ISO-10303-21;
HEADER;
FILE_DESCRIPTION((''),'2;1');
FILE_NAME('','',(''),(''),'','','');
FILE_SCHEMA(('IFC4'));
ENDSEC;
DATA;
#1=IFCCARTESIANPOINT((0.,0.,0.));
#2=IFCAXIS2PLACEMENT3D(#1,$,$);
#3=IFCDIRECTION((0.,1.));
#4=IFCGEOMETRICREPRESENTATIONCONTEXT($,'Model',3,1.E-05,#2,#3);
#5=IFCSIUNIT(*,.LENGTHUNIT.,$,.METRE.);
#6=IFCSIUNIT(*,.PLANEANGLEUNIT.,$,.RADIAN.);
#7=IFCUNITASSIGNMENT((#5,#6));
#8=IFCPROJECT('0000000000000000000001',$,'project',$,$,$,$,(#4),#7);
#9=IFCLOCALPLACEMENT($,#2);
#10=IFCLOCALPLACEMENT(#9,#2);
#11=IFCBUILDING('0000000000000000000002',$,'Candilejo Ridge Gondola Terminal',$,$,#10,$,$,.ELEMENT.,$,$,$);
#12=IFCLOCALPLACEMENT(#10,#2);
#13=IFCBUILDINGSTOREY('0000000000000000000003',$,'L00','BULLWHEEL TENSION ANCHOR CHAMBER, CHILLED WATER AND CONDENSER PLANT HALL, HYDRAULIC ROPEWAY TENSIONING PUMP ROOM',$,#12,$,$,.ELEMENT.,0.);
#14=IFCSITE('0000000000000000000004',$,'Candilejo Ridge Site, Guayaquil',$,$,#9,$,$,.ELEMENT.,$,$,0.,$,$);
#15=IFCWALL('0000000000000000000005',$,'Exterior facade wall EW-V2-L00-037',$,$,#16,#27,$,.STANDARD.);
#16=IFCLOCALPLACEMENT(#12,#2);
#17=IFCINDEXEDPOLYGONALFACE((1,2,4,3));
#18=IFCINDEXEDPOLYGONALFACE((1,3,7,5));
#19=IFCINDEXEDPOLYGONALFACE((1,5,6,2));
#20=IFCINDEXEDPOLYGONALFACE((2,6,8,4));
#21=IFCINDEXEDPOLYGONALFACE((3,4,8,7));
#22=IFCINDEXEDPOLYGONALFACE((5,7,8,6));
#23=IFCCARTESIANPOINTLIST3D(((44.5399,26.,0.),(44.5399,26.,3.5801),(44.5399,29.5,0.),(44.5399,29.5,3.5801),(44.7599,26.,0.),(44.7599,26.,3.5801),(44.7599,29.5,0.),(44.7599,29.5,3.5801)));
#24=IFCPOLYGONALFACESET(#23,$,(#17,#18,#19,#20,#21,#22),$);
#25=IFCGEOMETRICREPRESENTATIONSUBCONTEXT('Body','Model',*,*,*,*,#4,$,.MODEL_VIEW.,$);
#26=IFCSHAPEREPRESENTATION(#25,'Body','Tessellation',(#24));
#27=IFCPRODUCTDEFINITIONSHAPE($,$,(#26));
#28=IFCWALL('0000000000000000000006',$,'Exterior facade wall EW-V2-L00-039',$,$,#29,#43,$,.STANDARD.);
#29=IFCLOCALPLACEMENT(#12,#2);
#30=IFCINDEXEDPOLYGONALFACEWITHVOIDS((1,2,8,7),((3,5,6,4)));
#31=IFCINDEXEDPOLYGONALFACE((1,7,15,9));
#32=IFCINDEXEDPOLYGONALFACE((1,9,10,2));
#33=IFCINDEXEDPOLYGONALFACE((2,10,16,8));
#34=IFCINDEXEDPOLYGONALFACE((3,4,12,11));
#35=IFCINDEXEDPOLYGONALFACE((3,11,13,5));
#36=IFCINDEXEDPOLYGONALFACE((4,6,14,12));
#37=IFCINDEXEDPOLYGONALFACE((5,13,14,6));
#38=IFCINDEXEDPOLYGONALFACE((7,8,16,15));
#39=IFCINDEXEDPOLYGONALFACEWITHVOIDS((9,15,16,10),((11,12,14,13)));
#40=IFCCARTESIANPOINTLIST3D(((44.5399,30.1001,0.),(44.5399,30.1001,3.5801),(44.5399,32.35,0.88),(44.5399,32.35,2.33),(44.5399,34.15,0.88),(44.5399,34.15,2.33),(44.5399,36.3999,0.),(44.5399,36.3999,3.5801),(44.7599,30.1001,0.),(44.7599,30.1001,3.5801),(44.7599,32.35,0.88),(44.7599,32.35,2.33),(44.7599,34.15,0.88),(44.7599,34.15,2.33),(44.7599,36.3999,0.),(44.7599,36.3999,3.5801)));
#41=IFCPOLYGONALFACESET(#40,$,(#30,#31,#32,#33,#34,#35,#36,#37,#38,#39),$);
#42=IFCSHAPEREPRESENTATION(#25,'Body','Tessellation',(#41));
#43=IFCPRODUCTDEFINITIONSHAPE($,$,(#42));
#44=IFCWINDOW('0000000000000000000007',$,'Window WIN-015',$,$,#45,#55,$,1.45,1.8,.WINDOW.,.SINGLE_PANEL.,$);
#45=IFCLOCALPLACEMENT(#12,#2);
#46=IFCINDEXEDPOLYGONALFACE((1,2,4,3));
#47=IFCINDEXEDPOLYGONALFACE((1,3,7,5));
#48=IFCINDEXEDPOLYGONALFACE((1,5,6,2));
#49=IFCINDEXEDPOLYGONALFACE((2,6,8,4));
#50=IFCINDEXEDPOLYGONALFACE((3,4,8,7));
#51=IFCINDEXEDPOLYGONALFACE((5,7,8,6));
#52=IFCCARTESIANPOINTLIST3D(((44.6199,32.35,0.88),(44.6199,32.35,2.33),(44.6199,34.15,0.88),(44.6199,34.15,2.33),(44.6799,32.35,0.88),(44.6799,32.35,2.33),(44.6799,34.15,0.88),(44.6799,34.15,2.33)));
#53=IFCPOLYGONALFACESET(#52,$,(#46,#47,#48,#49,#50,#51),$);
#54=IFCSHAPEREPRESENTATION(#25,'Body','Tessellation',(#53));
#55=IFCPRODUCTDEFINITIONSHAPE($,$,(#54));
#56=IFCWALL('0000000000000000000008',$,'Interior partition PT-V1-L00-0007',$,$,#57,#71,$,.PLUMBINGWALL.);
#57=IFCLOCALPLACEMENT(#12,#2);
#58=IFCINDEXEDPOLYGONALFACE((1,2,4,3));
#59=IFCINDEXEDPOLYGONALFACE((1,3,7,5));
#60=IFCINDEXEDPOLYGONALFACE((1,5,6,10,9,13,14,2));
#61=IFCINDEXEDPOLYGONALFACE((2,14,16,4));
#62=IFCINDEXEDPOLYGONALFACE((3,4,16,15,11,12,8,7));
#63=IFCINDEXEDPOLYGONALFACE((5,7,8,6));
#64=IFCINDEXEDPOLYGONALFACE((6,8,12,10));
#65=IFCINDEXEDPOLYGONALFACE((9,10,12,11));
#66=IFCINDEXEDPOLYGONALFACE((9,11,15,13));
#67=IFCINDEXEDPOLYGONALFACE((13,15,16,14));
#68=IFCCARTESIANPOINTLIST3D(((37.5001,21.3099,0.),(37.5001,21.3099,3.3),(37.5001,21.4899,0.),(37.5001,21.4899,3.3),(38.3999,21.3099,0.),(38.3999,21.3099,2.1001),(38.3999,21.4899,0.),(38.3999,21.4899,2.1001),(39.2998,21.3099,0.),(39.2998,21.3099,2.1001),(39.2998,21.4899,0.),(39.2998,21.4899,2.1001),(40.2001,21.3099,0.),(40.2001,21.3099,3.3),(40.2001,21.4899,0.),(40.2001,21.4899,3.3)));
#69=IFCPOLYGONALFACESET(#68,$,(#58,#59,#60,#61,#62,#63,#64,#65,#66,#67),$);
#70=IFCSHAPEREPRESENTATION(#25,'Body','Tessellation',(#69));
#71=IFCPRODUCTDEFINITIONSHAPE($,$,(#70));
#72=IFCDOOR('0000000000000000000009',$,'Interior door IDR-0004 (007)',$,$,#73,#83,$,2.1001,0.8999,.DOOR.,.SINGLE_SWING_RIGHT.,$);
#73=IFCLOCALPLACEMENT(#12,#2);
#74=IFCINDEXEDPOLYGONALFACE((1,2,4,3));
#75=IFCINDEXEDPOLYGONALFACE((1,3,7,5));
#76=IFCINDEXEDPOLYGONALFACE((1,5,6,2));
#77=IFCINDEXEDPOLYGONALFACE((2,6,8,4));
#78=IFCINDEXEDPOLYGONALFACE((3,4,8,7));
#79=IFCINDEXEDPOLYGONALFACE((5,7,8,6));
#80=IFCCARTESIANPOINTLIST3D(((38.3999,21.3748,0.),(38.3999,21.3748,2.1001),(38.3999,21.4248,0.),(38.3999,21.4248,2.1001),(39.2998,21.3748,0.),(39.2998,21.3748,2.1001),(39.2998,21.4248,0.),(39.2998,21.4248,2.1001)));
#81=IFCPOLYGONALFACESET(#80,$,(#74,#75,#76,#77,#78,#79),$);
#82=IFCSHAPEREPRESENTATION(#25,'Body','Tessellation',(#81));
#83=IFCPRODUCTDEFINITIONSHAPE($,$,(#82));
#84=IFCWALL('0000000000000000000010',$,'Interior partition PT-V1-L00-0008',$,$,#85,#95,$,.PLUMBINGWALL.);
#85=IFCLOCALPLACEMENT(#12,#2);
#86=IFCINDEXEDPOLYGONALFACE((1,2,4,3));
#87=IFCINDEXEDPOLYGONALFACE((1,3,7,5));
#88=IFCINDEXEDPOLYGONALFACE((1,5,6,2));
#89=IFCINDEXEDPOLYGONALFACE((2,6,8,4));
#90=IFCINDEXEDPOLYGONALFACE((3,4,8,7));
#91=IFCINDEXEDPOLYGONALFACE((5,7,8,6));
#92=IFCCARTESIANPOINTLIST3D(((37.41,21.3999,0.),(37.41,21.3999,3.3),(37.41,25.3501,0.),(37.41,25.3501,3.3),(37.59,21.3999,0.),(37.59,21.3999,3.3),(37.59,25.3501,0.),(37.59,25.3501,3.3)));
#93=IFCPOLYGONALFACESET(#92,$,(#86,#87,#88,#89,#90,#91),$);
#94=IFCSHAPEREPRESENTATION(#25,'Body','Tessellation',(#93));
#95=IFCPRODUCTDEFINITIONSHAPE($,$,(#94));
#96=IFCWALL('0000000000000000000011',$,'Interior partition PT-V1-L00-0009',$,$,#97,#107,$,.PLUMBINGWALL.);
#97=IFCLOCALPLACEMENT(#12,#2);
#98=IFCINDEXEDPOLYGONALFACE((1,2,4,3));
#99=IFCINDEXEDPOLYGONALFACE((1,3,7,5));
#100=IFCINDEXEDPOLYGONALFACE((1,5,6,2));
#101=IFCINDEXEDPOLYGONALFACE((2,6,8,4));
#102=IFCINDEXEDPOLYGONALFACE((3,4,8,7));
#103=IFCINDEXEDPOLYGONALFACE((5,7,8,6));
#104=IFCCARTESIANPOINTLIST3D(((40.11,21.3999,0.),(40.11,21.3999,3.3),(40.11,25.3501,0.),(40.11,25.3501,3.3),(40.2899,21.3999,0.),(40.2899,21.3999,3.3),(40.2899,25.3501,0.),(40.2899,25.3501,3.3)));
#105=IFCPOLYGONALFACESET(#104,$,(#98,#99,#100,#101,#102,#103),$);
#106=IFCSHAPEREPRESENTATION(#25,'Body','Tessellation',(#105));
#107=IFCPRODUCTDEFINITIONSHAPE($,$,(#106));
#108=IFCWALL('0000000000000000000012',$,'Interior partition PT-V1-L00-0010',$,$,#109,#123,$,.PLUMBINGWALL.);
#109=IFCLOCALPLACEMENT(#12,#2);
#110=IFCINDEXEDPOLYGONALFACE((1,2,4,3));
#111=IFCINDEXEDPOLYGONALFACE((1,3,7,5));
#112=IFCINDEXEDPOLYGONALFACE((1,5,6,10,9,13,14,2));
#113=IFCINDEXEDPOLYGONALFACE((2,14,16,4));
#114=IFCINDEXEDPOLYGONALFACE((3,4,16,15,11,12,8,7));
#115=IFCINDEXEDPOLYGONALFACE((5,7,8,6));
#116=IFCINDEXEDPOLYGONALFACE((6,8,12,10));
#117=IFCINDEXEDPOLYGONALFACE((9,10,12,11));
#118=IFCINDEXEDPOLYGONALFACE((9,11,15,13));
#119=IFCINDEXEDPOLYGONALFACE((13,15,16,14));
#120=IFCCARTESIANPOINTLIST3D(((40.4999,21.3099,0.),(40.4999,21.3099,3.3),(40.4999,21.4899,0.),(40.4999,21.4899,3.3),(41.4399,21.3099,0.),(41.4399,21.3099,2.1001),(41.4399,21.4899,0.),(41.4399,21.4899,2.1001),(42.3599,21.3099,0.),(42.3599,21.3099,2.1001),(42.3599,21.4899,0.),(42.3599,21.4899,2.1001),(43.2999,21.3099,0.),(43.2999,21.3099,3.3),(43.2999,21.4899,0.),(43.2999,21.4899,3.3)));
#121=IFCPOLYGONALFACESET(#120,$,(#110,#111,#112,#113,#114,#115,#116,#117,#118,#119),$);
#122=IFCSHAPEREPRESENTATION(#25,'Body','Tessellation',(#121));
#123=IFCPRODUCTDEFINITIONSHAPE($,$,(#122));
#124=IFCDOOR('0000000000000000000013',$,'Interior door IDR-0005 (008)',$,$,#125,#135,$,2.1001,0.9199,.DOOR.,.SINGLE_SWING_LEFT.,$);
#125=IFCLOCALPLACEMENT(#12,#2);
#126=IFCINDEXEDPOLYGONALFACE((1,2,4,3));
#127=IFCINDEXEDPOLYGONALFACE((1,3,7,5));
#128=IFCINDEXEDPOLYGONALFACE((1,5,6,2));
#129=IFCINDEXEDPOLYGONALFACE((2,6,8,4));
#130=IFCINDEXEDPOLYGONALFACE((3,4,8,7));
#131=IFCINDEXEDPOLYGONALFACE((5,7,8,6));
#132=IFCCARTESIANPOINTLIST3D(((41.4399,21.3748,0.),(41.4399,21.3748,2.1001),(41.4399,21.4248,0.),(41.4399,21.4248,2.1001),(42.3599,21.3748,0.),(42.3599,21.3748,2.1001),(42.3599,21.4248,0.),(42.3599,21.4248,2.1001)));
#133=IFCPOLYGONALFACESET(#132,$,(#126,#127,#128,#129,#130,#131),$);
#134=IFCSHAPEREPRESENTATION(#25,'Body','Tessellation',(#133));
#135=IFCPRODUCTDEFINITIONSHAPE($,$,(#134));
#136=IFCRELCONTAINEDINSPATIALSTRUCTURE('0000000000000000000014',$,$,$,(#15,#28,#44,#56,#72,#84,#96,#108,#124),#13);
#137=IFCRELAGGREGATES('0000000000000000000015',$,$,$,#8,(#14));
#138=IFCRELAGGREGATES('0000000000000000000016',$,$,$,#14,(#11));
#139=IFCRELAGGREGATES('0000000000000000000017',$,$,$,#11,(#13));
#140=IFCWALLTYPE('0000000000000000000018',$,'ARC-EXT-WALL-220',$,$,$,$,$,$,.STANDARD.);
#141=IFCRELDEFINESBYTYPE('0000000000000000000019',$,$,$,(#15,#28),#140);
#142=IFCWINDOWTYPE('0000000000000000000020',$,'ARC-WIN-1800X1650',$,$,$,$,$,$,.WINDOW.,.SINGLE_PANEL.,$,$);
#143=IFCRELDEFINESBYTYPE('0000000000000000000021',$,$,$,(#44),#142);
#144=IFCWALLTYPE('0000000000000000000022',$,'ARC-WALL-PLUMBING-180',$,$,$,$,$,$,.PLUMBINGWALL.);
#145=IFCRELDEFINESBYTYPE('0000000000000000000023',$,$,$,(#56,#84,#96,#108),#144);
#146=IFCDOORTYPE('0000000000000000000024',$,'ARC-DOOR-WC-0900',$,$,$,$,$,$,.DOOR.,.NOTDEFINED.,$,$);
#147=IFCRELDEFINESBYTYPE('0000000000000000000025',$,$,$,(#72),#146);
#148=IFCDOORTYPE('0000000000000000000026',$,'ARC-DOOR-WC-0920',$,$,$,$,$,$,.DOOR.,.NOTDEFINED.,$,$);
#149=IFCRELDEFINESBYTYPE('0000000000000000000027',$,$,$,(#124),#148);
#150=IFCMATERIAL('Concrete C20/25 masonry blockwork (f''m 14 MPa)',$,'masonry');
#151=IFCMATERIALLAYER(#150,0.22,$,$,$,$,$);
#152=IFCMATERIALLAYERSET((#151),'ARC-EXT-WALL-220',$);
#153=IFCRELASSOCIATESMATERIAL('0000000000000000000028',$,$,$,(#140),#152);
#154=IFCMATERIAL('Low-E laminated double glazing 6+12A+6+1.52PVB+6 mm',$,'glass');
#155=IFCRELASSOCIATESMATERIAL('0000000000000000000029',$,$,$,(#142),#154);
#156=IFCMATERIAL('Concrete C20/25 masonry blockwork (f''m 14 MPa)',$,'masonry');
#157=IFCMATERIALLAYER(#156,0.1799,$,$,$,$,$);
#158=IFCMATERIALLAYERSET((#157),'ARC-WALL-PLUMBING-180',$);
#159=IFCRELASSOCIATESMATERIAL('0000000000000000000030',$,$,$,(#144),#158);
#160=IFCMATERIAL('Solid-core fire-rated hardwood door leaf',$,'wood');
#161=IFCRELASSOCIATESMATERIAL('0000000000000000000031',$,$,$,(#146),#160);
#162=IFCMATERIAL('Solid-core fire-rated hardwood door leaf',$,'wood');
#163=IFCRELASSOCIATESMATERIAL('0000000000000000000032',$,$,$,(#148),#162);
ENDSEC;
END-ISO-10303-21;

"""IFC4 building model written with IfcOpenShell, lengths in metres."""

from ifc_helpers import new_model, si_unit, direction, frame, frame_2d, origin, place, context, subcontext, project, spatial, rectangle, extrude, material, layer, layer_set, type_object, element, fill, save


model = new_model("IFC4")

# Units and contexts
model_context = context("Model", 3, precision=1e-05, world=origin(), true_north=direction((0.0, 1.0)))
body_context = subcontext(model_context, "Body", "Model", "MODEL_VIEW")
ifc_project = project(units=[si_unit("LENGTHUNIT", "METRE"), si_unit("PLANEANGLEUNIT", "RADIAN")], contexts=[model_context])

# Site, building, storey
site_placement = place(None, origin())
site = spatial("IfcSite", under=ifc_project, at=site_placement, Name="Candilejo Ridge Site, Guayaquil", CompositionType="ELEMENT", RefElevation=0.0)
building_placement = place(site_placement, origin())
building = spatial("IfcBuilding", under=site, at=building_placement, Name="Candilejo Ridge Gondola Terminal", CompositionType="ELEMENT")
storey_placement = place(building_placement, origin())
storey = spatial("IfcBuildingStorey", under=building, at=storey_placement, Name="L00", Description="BULLWHEEL TENSION ANCHOR CHAMBER, CHILLED WATER AND CONDENSER PLANT HALL, HYDRAULIC ROPEWAY TENSIONING PUMP ROOM", CompositionType="ELEMENT", Elevation=0.0)

# Shared definitions
ifc_material_1 = material(Name="Concrete C20/25 masonry blockwork (f'm 14 MPa)", Category="masonry")
ifc_layer_1 = layer(ifc_material_1, 0.22)
ifc_layer_set_1 = layer_set([ifc_layer_1], Name="ARC-EXT-WALL-220")
wall_type_1 = type_object("IfcWallType", Name="ARC-EXT-WALL-220", PredefinedType="STANDARD", material=ifc_layer_set_1)

# Wall
wall_1_placement = place(storey_placement, frame((44.6499, 26.0, 0.0), z_axis=(0.0, 0.0, 1.0), x_axis=(0.0, 1.0, 0.0)))
element("IfcWall", 1, at=wall_1_placement, inside=storey, type_object=wall_type_1, Name="Exterior facade wall EW-V2-L00-037", PredefinedType="STANDARD", context=body_context, shape_type="SweptSolid", body=[
    extrude(rectangle(XDim=3.5, YDim=0.22, at=frame_2d((1.75, 0.0))), origin(), (0.0, 0.0, 1.0), 3.5801),
])

# Wall, opening, window
wall_2_placement = place(storey_placement, frame((44.6499, 30.1001, 0.0), z_axis=(0.0, 0.0, 1.0), x_axis=(0.0, 1.0, 0.0)))
wall_2 = element("IfcWall", 2, at=wall_2_placement, inside=storey, type_object=wall_type_1, Name="Exterior facade wall EW-V2-L00-039", PredefinedType="STANDARD", context=body_context, shape_type="SweptSolid", body=[
    extrude(rectangle(XDim=6.2998, YDim=0.22, at=frame_2d((3.1499, 0.0))), origin(), (0.0, 0.0, 1.0), 3.5801),
])
opening_1_placement = place(wall_2_placement, frame((2.25, 0.0, 0.8799)))
opening_1 = element("IfcOpeningElement", 3, at=opening_1_placement, cuts=wall_2, PredefinedType="OPENING", context=body_context, shape_type="SweptSolid", body=[
    extrude(rectangle(XDim=1.8, YDim=1.45, at=frame_2d((0.8999, 0.7251))), frame((0.0, 0.1199, 0.0), z_axis=(0.0, -1.0, 0.0), x_axis=(1.0, 0.0, 0.0)), (0.0, 0.0, 1.0), 0.24),
])
ifc_material_2 = material(Name="Low-E laminated double glazing 6+12A+6+1.52PVB+6 mm", Category="glass")
window_type_1 = type_object("IfcWindowType", Name="ARC-WIN-1800X1650", PartitioningType="SINGLE_PANEL", PredefinedType="WINDOW", material=ifc_material_2)
window_1_placement = place(opening_1_placement, origin())
window_1 = element("IfcWindow", 4, at=window_1_placement, inside=storey, type_object=window_type_1, Name="Window WIN-015", OverallHeight=1.45, OverallWidth=1.8, PartitioningType="SINGLE_PANEL", PredefinedType="WINDOW", context=body_context, shape_type="SweptSolid", body=[
    extrude(rectangle(XDim=1.8, YDim=1.45, at=frame_2d((0.8999, 0.7251))), frame((0.0, 0.03, 0.0), z_axis=(0.0, -1.0, 0.0), x_axis=(1.0, 0.0, 0.0)), (0.0, 0.0, 1.0), 0.0601),
])
fill(opening_1, window_1)

# Wall, opening, door
ifc_material_3 = material(Name="Concrete C20/25 masonry blockwork (f'm 14 MPa)", Category="masonry")
ifc_layer_2 = layer(ifc_material_3, 0.1799)
ifc_layer_set_2 = layer_set([ifc_layer_2], Name="ARC-WALL-PLUMBING-180")
wall_type_2 = type_object("IfcWallType", Name="ARC-WALL-PLUMBING-180", PredefinedType="PLUMBINGWALL", material=ifc_layer_set_2)
wall_3_placement = place(storey_placement, frame((37.5, 21.3999, 0.0), z_axis=(0.0, 0.0, 1.0), x_axis=(1.0, 0.0, 0.0)))
wall_3 = element("IfcWall", 5, at=wall_3_placement, inside=storey, type_object=wall_type_2, Name="Interior partition PT-V1-L00-0007", PredefinedType="PLUMBINGWALL", context=body_context, shape_type="SweptSolid", body=[
    extrude(rectangle(XDim=2.7, YDim=0.1799, at=frame_2d((1.3501, 0.0))), origin(), (0.0, 0.0, 1.0), 3.3),
])
opening_2_placement = place(wall_3_placement, frame((0.8999, 0.0, 0.0)))
opening_2 = element("IfcOpeningElement", 6, at=opening_2_placement, cuts=wall_3, PredefinedType="OPENING", context=body_context, shape_type="SweptSolid", body=[
    extrude(rectangle(XDim=0.8999, YDim=2.1001, at=frame_2d((0.45, 1.05))), frame((0.0, 0.0999, 0.0), z_axis=(0.0, -1.0, 0.0), x_axis=(1.0, 0.0, 0.0)), (0.0, 0.0, 1.0), 0.2),
])
ifc_material_4 = material(Name="Solid-core fire-rated hardwood door leaf", Category="wood")
door_type_1 = type_object("IfcDoorType", Name="ARC-DOOR-WC-0900", OperationType="NOTDEFINED", PredefinedType="DOOR", material=ifc_material_4)
door_1_placement = place(opening_2_placement, origin())
door_1 = element("IfcDoor", 7, at=door_1_placement, inside=storey, type_object=door_type_1, Name="Interior door IDR-0004 (007)", OperationType="SINGLE_SWING_RIGHT", OverallHeight=2.1001, OverallWidth=0.8999, PredefinedType="DOOR", context=body_context, shape_type="SweptSolid", body=[
    extrude(rectangle(XDim=0.8999, YDim=2.1001, at=frame_2d((0.45, 1.05))), frame((0.0, 0.0249, 0.0), z_axis=(0.0, -1.0, 0.0), x_axis=(1.0, 0.0, 0.0)), (0.0, 0.0, 1.0), 0.05),
])
fill(opening_2, door_1)

# Walls
for number, where, z_axis, x_axis, name in (
    (8, (37.5, 21.3999, 0.0), (0.0, 0.0, 1.0), (0.0, 1.0, 0.0), "Interior partition PT-V1-L00-0008"),
    (9, (40.2, 21.3999, 0.0), (0.0, 0.0, 1.0), (0.0, 1.0, 0.0), "Interior partition PT-V1-L00-0009"),
):
    element("IfcWall", number, at=place(storey_placement, frame(where, z_axis=z_axis, x_axis=x_axis)), inside=storey, type_object=wall_type_2, Name=name, PredefinedType="PLUMBINGWALL", context=body_context, shape_type="SweptSolid", body=[
        extrude(rectangle(XDim=3.9502, YDim=0.1799, at=frame_2d((1.9751, 0.0))), origin(), (0.0, 0.0, 1.0), 3.3),
    ])

# Wall, opening, door
wall_4_placement = place(storey_placement, frame((40.5, 21.3999, 0.0), z_axis=(0.0, 0.0, 1.0), x_axis=(1.0, 0.0, 0.0)))
wall_4 = element("IfcWall", 10, at=wall_4_placement, inside=storey, type_object=wall_type_2, Name="Interior partition PT-V1-L00-0010", PredefinedType="PLUMBINGWALL", context=body_context, shape_type="SweptSolid", body=[
    extrude(rectangle(XDim=2.8, YDim=0.1799, at=frame_2d((1.3999, 0.0))), origin(), (0.0, 0.0, 1.0), 3.3),
])
opening_3_placement = place(wall_4_placement, frame((0.9399, 0.0, 0.0)))
opening_3 = element("IfcOpeningElement", 11, at=opening_3_placement, cuts=wall_4, PredefinedType="OPENING", context=body_context, shape_type="SweptSolid", body=[
    extrude(rectangle(XDim=0.9199, YDim=2.1001, at=frame_2d((0.46, 1.05))), frame((0.0, 0.0999, 0.0), z_axis=(0.0, -1.0, 0.0), x_axis=(1.0, 0.0, 0.0)), (0.0, 0.0, 1.0), 0.2),
])
ifc_material_5 = material(Name="Solid-core fire-rated hardwood door leaf", Category="wood")
door_type_2 = type_object("IfcDoorType", Name="ARC-DOOR-WC-0920", OperationType="NOTDEFINED", PredefinedType="DOOR", material=ifc_material_5)
door_2_placement = place(opening_3_placement, origin())
door_2 = element("IfcDoor", 12, at=door_2_placement, inside=storey, type_object=door_type_2, Name="Interior door IDR-0005 (008)", OperationType="SINGLE_SWING_LEFT", OverallHeight=2.1001, OverallWidth=0.9199, PredefinedType="DOOR", context=body_context, shape_type="SweptSolid", body=[
    extrude(rectangle(XDim=0.9199, YDim=2.1001, at=frame_2d((0.46, 1.05))), frame((0.0, 0.0249, 0.0), z_axis=(0.0, -1.0, 0.0), x_axis=(1.0, 0.0, 0.0)), (0.0, 0.0, 1.0), 0.05),
])
fill(opening_3, door_2)

save(model, "model.ifc")
